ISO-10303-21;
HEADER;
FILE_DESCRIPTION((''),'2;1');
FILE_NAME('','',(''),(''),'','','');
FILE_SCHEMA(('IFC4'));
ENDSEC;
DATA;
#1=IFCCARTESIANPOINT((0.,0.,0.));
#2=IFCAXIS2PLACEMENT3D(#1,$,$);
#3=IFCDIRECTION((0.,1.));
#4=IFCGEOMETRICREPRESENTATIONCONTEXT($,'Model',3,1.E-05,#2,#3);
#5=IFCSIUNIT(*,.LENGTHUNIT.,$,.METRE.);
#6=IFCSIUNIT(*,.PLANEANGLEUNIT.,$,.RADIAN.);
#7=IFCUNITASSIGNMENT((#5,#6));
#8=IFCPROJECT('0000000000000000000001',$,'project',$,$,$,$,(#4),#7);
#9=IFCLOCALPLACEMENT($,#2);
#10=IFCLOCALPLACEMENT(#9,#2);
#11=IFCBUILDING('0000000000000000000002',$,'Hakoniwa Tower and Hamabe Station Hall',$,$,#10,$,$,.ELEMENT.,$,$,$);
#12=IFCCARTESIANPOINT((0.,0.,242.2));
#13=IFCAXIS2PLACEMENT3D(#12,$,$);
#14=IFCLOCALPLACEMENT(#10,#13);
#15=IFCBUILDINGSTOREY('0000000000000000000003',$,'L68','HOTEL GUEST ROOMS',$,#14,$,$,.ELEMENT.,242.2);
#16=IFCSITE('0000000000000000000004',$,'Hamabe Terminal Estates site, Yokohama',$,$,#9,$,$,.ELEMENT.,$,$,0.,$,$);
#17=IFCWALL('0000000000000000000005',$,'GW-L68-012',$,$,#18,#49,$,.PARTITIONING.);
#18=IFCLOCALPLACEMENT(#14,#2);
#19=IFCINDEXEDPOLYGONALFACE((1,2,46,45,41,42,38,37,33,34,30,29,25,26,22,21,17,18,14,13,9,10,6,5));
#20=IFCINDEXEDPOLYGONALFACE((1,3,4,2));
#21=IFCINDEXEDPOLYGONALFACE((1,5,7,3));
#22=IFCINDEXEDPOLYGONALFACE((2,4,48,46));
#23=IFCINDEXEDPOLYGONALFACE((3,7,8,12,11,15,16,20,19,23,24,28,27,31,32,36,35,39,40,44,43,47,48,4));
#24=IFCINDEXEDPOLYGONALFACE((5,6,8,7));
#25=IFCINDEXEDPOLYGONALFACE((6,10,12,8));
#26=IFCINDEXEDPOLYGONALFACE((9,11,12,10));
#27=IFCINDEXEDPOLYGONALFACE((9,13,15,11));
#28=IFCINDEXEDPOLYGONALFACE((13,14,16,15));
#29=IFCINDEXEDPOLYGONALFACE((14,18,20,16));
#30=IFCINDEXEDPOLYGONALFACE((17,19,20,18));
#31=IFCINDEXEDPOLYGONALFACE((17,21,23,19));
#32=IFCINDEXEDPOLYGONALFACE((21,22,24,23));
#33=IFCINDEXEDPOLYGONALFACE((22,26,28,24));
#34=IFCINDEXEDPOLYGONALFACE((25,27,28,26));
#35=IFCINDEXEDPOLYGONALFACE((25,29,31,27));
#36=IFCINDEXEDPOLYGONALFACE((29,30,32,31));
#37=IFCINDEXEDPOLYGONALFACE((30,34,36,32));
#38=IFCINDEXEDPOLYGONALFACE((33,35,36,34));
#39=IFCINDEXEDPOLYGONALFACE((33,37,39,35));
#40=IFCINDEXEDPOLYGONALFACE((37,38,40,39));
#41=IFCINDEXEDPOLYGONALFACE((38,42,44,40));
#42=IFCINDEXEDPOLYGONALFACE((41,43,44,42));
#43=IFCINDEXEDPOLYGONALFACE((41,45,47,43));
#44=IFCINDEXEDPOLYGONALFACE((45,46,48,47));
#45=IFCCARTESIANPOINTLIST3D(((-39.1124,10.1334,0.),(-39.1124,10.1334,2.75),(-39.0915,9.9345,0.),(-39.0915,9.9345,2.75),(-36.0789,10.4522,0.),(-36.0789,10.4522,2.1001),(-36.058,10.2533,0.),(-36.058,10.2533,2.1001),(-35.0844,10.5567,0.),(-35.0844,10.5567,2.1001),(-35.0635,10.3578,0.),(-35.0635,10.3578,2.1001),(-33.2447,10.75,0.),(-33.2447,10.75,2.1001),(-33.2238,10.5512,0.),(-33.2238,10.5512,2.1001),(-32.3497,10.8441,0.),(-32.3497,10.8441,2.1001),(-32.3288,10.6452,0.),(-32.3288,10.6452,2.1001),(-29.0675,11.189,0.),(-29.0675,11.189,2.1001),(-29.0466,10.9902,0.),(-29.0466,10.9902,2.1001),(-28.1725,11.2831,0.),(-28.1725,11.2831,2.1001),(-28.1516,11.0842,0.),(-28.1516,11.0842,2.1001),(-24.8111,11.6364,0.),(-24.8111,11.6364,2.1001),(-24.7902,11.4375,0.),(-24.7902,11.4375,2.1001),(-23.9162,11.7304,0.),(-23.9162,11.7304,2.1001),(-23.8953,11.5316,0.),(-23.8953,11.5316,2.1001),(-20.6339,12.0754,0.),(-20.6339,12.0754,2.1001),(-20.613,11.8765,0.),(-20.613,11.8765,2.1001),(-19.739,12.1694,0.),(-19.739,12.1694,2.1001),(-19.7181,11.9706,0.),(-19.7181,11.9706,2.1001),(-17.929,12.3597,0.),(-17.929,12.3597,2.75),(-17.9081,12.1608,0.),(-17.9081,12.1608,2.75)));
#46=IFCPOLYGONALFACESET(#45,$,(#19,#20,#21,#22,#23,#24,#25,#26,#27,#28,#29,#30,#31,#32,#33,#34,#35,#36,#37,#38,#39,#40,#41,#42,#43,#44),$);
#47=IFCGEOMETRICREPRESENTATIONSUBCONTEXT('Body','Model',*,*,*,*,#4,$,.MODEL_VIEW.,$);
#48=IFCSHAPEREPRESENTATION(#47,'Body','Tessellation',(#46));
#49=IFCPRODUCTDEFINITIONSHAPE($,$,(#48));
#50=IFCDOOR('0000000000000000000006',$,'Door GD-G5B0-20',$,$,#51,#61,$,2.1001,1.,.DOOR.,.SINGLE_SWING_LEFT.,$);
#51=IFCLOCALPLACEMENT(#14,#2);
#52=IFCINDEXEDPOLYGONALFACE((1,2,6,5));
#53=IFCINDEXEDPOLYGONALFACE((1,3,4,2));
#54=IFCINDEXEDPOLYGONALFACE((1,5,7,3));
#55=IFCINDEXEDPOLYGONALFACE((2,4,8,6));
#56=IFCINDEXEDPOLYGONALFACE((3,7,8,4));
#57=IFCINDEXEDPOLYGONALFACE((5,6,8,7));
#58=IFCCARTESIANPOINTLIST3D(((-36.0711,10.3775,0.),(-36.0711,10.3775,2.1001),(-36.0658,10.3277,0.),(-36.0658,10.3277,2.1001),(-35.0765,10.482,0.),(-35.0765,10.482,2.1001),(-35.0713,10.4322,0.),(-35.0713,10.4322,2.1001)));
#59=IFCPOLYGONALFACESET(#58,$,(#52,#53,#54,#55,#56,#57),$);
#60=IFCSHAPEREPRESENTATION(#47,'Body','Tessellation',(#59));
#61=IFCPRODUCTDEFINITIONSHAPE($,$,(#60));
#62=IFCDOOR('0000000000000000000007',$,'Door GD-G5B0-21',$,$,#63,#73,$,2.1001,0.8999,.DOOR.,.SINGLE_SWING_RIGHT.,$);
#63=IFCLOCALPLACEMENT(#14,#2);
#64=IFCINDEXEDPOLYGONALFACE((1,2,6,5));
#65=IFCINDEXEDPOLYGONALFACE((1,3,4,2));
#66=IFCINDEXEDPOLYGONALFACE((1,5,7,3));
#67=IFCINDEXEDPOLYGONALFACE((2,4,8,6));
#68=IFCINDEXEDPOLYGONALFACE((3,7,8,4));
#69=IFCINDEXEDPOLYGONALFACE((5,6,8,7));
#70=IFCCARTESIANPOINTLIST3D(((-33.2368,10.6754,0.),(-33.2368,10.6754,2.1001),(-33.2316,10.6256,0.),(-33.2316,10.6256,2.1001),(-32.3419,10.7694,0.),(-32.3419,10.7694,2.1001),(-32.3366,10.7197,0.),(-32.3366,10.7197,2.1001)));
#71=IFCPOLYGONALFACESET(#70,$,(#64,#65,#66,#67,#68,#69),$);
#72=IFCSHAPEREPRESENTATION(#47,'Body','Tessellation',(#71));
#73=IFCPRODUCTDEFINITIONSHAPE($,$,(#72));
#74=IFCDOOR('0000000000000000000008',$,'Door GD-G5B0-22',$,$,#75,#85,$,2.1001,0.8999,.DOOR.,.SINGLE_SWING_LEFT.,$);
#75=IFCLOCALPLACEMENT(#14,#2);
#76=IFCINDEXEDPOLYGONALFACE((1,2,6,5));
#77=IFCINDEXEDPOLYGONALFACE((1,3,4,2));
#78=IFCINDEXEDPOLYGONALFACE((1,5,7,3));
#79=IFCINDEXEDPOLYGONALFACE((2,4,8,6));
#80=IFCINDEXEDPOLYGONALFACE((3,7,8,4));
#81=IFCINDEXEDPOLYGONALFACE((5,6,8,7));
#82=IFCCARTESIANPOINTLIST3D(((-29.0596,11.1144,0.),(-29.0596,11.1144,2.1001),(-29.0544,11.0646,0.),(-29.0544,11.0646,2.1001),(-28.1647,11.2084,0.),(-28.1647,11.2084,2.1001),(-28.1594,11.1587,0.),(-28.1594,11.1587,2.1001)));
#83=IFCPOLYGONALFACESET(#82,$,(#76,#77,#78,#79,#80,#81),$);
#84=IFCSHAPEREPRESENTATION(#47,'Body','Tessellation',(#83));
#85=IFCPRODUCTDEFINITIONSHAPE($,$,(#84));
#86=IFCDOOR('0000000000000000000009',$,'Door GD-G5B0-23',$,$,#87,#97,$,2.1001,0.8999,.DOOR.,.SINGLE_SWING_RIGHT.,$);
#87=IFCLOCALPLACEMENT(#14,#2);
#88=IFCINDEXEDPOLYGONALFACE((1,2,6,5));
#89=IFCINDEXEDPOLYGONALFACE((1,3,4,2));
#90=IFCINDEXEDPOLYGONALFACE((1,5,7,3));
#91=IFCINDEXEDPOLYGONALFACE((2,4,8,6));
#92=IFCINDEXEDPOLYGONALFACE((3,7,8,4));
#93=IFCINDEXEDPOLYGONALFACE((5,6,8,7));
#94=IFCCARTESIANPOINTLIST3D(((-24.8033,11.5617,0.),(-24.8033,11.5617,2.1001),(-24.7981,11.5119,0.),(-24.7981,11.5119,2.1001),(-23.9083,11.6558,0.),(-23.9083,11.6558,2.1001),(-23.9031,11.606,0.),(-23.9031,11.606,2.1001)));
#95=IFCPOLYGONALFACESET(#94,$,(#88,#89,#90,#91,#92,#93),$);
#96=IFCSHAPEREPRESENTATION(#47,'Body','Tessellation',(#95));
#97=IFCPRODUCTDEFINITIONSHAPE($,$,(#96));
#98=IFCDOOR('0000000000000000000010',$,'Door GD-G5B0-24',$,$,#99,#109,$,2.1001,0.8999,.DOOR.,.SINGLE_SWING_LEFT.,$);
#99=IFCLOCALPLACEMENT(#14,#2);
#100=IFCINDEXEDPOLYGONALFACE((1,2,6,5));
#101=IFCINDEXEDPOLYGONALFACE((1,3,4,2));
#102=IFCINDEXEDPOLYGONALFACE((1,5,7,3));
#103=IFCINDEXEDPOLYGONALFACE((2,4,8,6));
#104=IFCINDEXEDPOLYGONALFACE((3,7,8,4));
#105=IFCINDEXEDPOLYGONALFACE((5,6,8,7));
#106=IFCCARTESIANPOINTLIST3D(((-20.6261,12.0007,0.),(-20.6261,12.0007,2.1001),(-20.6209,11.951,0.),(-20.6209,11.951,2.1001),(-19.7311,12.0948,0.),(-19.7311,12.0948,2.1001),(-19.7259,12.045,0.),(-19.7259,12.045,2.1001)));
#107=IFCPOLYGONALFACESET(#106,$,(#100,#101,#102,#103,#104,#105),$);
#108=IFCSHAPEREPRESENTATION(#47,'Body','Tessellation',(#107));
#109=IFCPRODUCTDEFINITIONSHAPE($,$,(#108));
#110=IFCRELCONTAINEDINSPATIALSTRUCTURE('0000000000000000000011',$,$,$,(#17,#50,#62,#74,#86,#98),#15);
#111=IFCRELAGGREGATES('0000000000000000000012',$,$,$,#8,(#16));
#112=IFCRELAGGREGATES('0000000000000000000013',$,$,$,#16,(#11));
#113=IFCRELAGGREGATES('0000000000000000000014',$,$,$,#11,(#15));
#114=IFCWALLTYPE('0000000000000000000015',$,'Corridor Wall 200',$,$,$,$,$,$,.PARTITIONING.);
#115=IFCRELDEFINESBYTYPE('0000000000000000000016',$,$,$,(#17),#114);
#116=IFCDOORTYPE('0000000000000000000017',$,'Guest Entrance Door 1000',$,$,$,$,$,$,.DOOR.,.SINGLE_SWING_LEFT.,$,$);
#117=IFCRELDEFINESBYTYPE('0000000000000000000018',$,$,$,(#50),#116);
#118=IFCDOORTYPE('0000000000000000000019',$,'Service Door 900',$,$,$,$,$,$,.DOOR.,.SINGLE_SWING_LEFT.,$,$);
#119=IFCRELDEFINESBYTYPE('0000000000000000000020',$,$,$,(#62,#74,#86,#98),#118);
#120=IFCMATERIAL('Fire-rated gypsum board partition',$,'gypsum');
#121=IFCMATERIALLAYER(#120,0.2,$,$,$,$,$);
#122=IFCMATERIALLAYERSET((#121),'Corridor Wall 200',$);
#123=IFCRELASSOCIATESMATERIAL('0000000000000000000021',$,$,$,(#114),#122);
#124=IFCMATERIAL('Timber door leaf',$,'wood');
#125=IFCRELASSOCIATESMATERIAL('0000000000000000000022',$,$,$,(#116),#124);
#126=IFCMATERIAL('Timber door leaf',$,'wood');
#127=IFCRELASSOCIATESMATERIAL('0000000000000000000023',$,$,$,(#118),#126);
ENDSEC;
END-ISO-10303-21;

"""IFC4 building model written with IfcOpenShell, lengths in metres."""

from ifc_helpers import new_model, si_unit, direction, frame, frame_2d, origin, place, context, subcontext, project, spatial, rectangle, extrude, material, layer, layer_set, type_object, element, fill, save


model = new_model("IFC4")

# Units and contexts
model_context = context("Model", 3, precision=1e-05, world=origin(), true_north=direction((0.0, 1.0)))
body_context = subcontext(model_context, "Body", "Model", "MODEL_VIEW")
ifc_project = project(units=[si_unit("LENGTHUNIT", "METRE"), si_unit("PLANEANGLEUNIT", "RADIAN")], contexts=[model_context])

# Site, building, storey
site_placement = place(None, origin())
site = spatial("IfcSite", under=ifc_project, at=site_placement, Name="Hamabe Terminal Estates site, Yokohama", CompositionType="ELEMENT", RefElevation=0.0)
building_placement = place(site_placement, origin())
building = spatial("IfcBuilding", under=site, at=building_placement, Name="Hakoniwa Tower and Hamabe Station Hall", CompositionType="ELEMENT")
storey_placement = place(building_placement, frame((0.0, 0.0, 242.2)))
storey = spatial("IfcBuildingStorey", under=building, at=storey_placement, Name="L68", Description="HOTEL GUEST ROOMS", CompositionType="ELEMENT", Elevation=242.2)

# Wall, openings, doors
ifc_material_1 = material(Name="Fire-rated gypsum board partition", Category="gypsum")
ifc_layer_1 = layer(ifc_material_1, 0.2)
ifc_layer_set_1 = layer_set([ifc_layer_1], Name="Corridor Wall 200")
wall_type_1 = type_object("IfcWallType", Name="Corridor Wall 200", PredefinedType="PARTITIONING", material=ifc_layer_set_1)
wall_1_placement = place(storey_placement, frame((-39.1018, 10.0339, 0.0), z_axis=(0.0, 0.0, 1.0), x_axis=(0.994523, 0.104522, 0.0)))
wall_1 = element("IfcWall", 1, at=wall_1_placement, inside=storey, type_object=wall_type_1, Name="GW-L68-012", PredefinedType="PARTITIONING", context=body_context, shape_type="SweptSolid", body=[
    extrude(rectangle(XDim=21.3, YDim=0.2, at=frame_2d((10.6499, 0.0))), origin(), (0.0, 0.0, 1.0), 2.75),
])
opening_1_placement = place(wall_1_placement, frame((3.05, 0.0, 0.0)))
opening_1 = element("IfcOpeningElement", 2, at=opening_1_placement, cuts=wall_1, PredefinedType="OPENING", context=body_context, shape_type="SweptSolid", body=[
    extrude(rectangle(XDim=1.0, YDim=2.1001, at=frame_2d((0.5, 1.05))), frame((0.0, 0.1099, 0.0), z_axis=(0.0, -1.0, 0.0), x_axis=(1.0, 0.0, 0.0)), (0.0, 0.0, 1.0), 0.22),
])
opening_2_placement = place(wall_1_placement, frame((5.8999, 0.0, 0.0)))
opening_2 = element("IfcOpeningElement", 3, at=opening_2_placement, cuts=wall_1, PredefinedType="OPENING", context=body_context, shape_type="SweptSolid", body=[
    extrude(rectangle(XDim=0.8999, YDim=2.1001, at=frame_2d((0.45, 1.05))), frame((0.0, 0.1099, 0.0), z_axis=(0.0, -1.0, 0.0), x_axis=(1.0, 0.0, 0.0)), (0.0, 0.0, 1.0), 0.22),
])
opening_3_placement = place(wall_1_placement, frame((10.1001, 0.0, 0.0)))
opening_3 = element("IfcOpeningElement", 4, at=opening_3_placement, cuts=wall_1, PredefinedType="OPENING", context=body_context, shape_type="SweptSolid", body=[
    extrude(rectangle(XDim=0.8999, YDim=2.1001, at=frame_2d((0.45, 1.05))), frame((0.0, 0.1099, 0.0), z_axis=(0.0, -1.0, 0.0), x_axis=(1.0, 0.0, 0.0)), (0.0, 0.0, 1.0), 0.22),
])
opening_4_placement = place(wall_1_placement, frame((14.3799, 0.0, 0.0)))
opening_4 = element("IfcOpeningElement", 5, at=opening_4_placement, cuts=wall_1, PredefinedType="OPENING", context=body_context, shape_type="SweptSolid", body=[
    extrude(rectangle(XDim=0.8999, YDim=2.1001, at=frame_2d((0.45, 1.05))), frame((0.0, 0.1099, 0.0), z_axis=(0.0, -1.0, 0.0), x_axis=(1.0, 0.0, 0.0)), (0.0, 0.0, 1.0), 0.22),
])
opening_5_placement = place(wall_1_placement, frame((18.5801, 0.0, 0.0)))
opening_5 = element("IfcOpeningElement", 6, at=opening_5_placement, cuts=wall_1, PredefinedType="OPENING", context=body_context, shape_type="SweptSolid", body=[
    extrude(rectangle(XDim=0.8999, YDim=2.1001, at=frame_2d((0.45, 1.05))), frame((0.0, 0.1099, 0.0), z_axis=(0.0, -1.0, 0.0), x_axis=(1.0, 0.0, 0.0)), (0.0, 0.0, 1.0), 0.22),
])
ifc_material_2 = material(Name="Timber door leaf", Category="wood")
door_type_1 = type_object("IfcDoorType", Name="Guest Entrance Door 1000", OperationType="SINGLE_SWING_LEFT", PredefinedType="DOOR", material=ifc_material_2)
door_1_placement = place(opening_1_placement, origin())
door_1 = element("IfcDoor", 7, at=door_1_placement, inside=storey, type_object=door_type_1, Name="Door GD-G5B0-20", OperationType="SINGLE_SWING_LEFT", OverallHeight=2.1001, OverallWidth=1.0, PredefinedType="DOOR", context=body_context, shape_type="SweptSolid", body=[
    extrude(rectangle(XDim=1.0, YDim=2.1001, at=frame_2d((0.5, 1.05))), frame((0.0, 0.0249, 0.0), z_axis=(0.0, -1.0, 0.0), x_axis=(1.0, 0.0, 0.0)), (0.0, 0.0, 1.0), 0.05),
])
fill(opening_1, door_1)
ifc_material_3 = material(Name="Timber door leaf", Category="wood")
door_type_2 = type_object("IfcDoorType", Name="Service Door 900", OperationType="SINGLE_SWING_LEFT", PredefinedType="DOOR", material=ifc_material_3)
door_2_placement = place(opening_2_placement, origin())
door_2 = element("IfcDoor", 8, at=door_2_placement, inside=storey, type_object=door_type_2, Name="Door GD-G5B0-21", OperationType="SINGLE_SWING_RIGHT", OverallHeight=2.1001, OverallWidth=0.8999, PredefinedType="DOOR", context=body_context, shape_type="SweptSolid", body=[
    extrude(rectangle(XDim=0.8999, YDim=2.1001, at=frame_2d((0.45, 1.05))), frame((0.0, 0.0249, 0.0), z_axis=(0.0, -1.0, 0.0), x_axis=(1.0, 0.0, 0.0)), (0.0, 0.0, 1.0), 0.05),
])
fill(opening_2, door_2)
door_3_placement = place(opening_3_placement, origin())
door_3 = element("IfcDoor", 9, at=door_3_placement, inside=storey, type_object=door_type_2, Name="Door GD-G5B0-22", OperationType="SINGLE_SWING_LEFT", OverallHeight=2.1001, OverallWidth=0.8999, PredefinedType="DOOR", context=body_context, shape_type="SweptSolid", body=[
    extrude(rectangle(XDim=0.8999, YDim=2.1001, at=frame_2d((0.45, 1.05))), frame((0.0, 0.0249, 0.0), z_axis=(0.0, -1.0, 0.0), x_axis=(1.0, 0.0, 0.0)), (0.0, 0.0, 1.0), 0.05),
])
fill(opening_3, door_3)
door_4_placement = place(opening_4_placement, origin())
door_4 = element("IfcDoor", 10, at=door_4_placement, inside=storey, type_object=door_type_2, Name="Door GD-G5B0-23", OperationType="SINGLE_SWING_RIGHT", OverallHeight=2.1001, OverallWidth=0.8999, PredefinedType="DOOR", context=body_context, shape_type="SweptSolid", body=[
    extrude(rectangle(XDim=0.8999, YDim=2.1001, at=frame_2d((0.45, 1.05))), frame((0.0, 0.0249, 0.0), z_axis=(0.0, -1.0, 0.0), x_axis=(1.0, 0.0, 0.0)), (0.0, 0.0, 1.0), 0.05),
])
fill(opening_4, door_4)
door_5_placement = place(opening_5_placement, origin())
door_5 = element("IfcDoor", 11, at=door_5_placement, inside=storey, type_object=door_type_2, Name="Door GD-G5B0-24", OperationType="SINGLE_SWING_LEFT", OverallHeight=2.1001, OverallWidth=0.8999, PredefinedType="DOOR", context=body_context, shape_type="SweptSolid", body=[
    extrude(rectangle(XDim=0.8999, YDim=2.1001, at=frame_2d((0.45, 1.05))), frame((0.0, 0.0249, 0.0), z_axis=(0.0, -1.0, 0.0), x_axis=(1.0, 0.0, 0.0)), (0.0, 0.0, 1.0), 0.05),
])
fill(opening_5, door_5)

save(model, "model.ifc")
